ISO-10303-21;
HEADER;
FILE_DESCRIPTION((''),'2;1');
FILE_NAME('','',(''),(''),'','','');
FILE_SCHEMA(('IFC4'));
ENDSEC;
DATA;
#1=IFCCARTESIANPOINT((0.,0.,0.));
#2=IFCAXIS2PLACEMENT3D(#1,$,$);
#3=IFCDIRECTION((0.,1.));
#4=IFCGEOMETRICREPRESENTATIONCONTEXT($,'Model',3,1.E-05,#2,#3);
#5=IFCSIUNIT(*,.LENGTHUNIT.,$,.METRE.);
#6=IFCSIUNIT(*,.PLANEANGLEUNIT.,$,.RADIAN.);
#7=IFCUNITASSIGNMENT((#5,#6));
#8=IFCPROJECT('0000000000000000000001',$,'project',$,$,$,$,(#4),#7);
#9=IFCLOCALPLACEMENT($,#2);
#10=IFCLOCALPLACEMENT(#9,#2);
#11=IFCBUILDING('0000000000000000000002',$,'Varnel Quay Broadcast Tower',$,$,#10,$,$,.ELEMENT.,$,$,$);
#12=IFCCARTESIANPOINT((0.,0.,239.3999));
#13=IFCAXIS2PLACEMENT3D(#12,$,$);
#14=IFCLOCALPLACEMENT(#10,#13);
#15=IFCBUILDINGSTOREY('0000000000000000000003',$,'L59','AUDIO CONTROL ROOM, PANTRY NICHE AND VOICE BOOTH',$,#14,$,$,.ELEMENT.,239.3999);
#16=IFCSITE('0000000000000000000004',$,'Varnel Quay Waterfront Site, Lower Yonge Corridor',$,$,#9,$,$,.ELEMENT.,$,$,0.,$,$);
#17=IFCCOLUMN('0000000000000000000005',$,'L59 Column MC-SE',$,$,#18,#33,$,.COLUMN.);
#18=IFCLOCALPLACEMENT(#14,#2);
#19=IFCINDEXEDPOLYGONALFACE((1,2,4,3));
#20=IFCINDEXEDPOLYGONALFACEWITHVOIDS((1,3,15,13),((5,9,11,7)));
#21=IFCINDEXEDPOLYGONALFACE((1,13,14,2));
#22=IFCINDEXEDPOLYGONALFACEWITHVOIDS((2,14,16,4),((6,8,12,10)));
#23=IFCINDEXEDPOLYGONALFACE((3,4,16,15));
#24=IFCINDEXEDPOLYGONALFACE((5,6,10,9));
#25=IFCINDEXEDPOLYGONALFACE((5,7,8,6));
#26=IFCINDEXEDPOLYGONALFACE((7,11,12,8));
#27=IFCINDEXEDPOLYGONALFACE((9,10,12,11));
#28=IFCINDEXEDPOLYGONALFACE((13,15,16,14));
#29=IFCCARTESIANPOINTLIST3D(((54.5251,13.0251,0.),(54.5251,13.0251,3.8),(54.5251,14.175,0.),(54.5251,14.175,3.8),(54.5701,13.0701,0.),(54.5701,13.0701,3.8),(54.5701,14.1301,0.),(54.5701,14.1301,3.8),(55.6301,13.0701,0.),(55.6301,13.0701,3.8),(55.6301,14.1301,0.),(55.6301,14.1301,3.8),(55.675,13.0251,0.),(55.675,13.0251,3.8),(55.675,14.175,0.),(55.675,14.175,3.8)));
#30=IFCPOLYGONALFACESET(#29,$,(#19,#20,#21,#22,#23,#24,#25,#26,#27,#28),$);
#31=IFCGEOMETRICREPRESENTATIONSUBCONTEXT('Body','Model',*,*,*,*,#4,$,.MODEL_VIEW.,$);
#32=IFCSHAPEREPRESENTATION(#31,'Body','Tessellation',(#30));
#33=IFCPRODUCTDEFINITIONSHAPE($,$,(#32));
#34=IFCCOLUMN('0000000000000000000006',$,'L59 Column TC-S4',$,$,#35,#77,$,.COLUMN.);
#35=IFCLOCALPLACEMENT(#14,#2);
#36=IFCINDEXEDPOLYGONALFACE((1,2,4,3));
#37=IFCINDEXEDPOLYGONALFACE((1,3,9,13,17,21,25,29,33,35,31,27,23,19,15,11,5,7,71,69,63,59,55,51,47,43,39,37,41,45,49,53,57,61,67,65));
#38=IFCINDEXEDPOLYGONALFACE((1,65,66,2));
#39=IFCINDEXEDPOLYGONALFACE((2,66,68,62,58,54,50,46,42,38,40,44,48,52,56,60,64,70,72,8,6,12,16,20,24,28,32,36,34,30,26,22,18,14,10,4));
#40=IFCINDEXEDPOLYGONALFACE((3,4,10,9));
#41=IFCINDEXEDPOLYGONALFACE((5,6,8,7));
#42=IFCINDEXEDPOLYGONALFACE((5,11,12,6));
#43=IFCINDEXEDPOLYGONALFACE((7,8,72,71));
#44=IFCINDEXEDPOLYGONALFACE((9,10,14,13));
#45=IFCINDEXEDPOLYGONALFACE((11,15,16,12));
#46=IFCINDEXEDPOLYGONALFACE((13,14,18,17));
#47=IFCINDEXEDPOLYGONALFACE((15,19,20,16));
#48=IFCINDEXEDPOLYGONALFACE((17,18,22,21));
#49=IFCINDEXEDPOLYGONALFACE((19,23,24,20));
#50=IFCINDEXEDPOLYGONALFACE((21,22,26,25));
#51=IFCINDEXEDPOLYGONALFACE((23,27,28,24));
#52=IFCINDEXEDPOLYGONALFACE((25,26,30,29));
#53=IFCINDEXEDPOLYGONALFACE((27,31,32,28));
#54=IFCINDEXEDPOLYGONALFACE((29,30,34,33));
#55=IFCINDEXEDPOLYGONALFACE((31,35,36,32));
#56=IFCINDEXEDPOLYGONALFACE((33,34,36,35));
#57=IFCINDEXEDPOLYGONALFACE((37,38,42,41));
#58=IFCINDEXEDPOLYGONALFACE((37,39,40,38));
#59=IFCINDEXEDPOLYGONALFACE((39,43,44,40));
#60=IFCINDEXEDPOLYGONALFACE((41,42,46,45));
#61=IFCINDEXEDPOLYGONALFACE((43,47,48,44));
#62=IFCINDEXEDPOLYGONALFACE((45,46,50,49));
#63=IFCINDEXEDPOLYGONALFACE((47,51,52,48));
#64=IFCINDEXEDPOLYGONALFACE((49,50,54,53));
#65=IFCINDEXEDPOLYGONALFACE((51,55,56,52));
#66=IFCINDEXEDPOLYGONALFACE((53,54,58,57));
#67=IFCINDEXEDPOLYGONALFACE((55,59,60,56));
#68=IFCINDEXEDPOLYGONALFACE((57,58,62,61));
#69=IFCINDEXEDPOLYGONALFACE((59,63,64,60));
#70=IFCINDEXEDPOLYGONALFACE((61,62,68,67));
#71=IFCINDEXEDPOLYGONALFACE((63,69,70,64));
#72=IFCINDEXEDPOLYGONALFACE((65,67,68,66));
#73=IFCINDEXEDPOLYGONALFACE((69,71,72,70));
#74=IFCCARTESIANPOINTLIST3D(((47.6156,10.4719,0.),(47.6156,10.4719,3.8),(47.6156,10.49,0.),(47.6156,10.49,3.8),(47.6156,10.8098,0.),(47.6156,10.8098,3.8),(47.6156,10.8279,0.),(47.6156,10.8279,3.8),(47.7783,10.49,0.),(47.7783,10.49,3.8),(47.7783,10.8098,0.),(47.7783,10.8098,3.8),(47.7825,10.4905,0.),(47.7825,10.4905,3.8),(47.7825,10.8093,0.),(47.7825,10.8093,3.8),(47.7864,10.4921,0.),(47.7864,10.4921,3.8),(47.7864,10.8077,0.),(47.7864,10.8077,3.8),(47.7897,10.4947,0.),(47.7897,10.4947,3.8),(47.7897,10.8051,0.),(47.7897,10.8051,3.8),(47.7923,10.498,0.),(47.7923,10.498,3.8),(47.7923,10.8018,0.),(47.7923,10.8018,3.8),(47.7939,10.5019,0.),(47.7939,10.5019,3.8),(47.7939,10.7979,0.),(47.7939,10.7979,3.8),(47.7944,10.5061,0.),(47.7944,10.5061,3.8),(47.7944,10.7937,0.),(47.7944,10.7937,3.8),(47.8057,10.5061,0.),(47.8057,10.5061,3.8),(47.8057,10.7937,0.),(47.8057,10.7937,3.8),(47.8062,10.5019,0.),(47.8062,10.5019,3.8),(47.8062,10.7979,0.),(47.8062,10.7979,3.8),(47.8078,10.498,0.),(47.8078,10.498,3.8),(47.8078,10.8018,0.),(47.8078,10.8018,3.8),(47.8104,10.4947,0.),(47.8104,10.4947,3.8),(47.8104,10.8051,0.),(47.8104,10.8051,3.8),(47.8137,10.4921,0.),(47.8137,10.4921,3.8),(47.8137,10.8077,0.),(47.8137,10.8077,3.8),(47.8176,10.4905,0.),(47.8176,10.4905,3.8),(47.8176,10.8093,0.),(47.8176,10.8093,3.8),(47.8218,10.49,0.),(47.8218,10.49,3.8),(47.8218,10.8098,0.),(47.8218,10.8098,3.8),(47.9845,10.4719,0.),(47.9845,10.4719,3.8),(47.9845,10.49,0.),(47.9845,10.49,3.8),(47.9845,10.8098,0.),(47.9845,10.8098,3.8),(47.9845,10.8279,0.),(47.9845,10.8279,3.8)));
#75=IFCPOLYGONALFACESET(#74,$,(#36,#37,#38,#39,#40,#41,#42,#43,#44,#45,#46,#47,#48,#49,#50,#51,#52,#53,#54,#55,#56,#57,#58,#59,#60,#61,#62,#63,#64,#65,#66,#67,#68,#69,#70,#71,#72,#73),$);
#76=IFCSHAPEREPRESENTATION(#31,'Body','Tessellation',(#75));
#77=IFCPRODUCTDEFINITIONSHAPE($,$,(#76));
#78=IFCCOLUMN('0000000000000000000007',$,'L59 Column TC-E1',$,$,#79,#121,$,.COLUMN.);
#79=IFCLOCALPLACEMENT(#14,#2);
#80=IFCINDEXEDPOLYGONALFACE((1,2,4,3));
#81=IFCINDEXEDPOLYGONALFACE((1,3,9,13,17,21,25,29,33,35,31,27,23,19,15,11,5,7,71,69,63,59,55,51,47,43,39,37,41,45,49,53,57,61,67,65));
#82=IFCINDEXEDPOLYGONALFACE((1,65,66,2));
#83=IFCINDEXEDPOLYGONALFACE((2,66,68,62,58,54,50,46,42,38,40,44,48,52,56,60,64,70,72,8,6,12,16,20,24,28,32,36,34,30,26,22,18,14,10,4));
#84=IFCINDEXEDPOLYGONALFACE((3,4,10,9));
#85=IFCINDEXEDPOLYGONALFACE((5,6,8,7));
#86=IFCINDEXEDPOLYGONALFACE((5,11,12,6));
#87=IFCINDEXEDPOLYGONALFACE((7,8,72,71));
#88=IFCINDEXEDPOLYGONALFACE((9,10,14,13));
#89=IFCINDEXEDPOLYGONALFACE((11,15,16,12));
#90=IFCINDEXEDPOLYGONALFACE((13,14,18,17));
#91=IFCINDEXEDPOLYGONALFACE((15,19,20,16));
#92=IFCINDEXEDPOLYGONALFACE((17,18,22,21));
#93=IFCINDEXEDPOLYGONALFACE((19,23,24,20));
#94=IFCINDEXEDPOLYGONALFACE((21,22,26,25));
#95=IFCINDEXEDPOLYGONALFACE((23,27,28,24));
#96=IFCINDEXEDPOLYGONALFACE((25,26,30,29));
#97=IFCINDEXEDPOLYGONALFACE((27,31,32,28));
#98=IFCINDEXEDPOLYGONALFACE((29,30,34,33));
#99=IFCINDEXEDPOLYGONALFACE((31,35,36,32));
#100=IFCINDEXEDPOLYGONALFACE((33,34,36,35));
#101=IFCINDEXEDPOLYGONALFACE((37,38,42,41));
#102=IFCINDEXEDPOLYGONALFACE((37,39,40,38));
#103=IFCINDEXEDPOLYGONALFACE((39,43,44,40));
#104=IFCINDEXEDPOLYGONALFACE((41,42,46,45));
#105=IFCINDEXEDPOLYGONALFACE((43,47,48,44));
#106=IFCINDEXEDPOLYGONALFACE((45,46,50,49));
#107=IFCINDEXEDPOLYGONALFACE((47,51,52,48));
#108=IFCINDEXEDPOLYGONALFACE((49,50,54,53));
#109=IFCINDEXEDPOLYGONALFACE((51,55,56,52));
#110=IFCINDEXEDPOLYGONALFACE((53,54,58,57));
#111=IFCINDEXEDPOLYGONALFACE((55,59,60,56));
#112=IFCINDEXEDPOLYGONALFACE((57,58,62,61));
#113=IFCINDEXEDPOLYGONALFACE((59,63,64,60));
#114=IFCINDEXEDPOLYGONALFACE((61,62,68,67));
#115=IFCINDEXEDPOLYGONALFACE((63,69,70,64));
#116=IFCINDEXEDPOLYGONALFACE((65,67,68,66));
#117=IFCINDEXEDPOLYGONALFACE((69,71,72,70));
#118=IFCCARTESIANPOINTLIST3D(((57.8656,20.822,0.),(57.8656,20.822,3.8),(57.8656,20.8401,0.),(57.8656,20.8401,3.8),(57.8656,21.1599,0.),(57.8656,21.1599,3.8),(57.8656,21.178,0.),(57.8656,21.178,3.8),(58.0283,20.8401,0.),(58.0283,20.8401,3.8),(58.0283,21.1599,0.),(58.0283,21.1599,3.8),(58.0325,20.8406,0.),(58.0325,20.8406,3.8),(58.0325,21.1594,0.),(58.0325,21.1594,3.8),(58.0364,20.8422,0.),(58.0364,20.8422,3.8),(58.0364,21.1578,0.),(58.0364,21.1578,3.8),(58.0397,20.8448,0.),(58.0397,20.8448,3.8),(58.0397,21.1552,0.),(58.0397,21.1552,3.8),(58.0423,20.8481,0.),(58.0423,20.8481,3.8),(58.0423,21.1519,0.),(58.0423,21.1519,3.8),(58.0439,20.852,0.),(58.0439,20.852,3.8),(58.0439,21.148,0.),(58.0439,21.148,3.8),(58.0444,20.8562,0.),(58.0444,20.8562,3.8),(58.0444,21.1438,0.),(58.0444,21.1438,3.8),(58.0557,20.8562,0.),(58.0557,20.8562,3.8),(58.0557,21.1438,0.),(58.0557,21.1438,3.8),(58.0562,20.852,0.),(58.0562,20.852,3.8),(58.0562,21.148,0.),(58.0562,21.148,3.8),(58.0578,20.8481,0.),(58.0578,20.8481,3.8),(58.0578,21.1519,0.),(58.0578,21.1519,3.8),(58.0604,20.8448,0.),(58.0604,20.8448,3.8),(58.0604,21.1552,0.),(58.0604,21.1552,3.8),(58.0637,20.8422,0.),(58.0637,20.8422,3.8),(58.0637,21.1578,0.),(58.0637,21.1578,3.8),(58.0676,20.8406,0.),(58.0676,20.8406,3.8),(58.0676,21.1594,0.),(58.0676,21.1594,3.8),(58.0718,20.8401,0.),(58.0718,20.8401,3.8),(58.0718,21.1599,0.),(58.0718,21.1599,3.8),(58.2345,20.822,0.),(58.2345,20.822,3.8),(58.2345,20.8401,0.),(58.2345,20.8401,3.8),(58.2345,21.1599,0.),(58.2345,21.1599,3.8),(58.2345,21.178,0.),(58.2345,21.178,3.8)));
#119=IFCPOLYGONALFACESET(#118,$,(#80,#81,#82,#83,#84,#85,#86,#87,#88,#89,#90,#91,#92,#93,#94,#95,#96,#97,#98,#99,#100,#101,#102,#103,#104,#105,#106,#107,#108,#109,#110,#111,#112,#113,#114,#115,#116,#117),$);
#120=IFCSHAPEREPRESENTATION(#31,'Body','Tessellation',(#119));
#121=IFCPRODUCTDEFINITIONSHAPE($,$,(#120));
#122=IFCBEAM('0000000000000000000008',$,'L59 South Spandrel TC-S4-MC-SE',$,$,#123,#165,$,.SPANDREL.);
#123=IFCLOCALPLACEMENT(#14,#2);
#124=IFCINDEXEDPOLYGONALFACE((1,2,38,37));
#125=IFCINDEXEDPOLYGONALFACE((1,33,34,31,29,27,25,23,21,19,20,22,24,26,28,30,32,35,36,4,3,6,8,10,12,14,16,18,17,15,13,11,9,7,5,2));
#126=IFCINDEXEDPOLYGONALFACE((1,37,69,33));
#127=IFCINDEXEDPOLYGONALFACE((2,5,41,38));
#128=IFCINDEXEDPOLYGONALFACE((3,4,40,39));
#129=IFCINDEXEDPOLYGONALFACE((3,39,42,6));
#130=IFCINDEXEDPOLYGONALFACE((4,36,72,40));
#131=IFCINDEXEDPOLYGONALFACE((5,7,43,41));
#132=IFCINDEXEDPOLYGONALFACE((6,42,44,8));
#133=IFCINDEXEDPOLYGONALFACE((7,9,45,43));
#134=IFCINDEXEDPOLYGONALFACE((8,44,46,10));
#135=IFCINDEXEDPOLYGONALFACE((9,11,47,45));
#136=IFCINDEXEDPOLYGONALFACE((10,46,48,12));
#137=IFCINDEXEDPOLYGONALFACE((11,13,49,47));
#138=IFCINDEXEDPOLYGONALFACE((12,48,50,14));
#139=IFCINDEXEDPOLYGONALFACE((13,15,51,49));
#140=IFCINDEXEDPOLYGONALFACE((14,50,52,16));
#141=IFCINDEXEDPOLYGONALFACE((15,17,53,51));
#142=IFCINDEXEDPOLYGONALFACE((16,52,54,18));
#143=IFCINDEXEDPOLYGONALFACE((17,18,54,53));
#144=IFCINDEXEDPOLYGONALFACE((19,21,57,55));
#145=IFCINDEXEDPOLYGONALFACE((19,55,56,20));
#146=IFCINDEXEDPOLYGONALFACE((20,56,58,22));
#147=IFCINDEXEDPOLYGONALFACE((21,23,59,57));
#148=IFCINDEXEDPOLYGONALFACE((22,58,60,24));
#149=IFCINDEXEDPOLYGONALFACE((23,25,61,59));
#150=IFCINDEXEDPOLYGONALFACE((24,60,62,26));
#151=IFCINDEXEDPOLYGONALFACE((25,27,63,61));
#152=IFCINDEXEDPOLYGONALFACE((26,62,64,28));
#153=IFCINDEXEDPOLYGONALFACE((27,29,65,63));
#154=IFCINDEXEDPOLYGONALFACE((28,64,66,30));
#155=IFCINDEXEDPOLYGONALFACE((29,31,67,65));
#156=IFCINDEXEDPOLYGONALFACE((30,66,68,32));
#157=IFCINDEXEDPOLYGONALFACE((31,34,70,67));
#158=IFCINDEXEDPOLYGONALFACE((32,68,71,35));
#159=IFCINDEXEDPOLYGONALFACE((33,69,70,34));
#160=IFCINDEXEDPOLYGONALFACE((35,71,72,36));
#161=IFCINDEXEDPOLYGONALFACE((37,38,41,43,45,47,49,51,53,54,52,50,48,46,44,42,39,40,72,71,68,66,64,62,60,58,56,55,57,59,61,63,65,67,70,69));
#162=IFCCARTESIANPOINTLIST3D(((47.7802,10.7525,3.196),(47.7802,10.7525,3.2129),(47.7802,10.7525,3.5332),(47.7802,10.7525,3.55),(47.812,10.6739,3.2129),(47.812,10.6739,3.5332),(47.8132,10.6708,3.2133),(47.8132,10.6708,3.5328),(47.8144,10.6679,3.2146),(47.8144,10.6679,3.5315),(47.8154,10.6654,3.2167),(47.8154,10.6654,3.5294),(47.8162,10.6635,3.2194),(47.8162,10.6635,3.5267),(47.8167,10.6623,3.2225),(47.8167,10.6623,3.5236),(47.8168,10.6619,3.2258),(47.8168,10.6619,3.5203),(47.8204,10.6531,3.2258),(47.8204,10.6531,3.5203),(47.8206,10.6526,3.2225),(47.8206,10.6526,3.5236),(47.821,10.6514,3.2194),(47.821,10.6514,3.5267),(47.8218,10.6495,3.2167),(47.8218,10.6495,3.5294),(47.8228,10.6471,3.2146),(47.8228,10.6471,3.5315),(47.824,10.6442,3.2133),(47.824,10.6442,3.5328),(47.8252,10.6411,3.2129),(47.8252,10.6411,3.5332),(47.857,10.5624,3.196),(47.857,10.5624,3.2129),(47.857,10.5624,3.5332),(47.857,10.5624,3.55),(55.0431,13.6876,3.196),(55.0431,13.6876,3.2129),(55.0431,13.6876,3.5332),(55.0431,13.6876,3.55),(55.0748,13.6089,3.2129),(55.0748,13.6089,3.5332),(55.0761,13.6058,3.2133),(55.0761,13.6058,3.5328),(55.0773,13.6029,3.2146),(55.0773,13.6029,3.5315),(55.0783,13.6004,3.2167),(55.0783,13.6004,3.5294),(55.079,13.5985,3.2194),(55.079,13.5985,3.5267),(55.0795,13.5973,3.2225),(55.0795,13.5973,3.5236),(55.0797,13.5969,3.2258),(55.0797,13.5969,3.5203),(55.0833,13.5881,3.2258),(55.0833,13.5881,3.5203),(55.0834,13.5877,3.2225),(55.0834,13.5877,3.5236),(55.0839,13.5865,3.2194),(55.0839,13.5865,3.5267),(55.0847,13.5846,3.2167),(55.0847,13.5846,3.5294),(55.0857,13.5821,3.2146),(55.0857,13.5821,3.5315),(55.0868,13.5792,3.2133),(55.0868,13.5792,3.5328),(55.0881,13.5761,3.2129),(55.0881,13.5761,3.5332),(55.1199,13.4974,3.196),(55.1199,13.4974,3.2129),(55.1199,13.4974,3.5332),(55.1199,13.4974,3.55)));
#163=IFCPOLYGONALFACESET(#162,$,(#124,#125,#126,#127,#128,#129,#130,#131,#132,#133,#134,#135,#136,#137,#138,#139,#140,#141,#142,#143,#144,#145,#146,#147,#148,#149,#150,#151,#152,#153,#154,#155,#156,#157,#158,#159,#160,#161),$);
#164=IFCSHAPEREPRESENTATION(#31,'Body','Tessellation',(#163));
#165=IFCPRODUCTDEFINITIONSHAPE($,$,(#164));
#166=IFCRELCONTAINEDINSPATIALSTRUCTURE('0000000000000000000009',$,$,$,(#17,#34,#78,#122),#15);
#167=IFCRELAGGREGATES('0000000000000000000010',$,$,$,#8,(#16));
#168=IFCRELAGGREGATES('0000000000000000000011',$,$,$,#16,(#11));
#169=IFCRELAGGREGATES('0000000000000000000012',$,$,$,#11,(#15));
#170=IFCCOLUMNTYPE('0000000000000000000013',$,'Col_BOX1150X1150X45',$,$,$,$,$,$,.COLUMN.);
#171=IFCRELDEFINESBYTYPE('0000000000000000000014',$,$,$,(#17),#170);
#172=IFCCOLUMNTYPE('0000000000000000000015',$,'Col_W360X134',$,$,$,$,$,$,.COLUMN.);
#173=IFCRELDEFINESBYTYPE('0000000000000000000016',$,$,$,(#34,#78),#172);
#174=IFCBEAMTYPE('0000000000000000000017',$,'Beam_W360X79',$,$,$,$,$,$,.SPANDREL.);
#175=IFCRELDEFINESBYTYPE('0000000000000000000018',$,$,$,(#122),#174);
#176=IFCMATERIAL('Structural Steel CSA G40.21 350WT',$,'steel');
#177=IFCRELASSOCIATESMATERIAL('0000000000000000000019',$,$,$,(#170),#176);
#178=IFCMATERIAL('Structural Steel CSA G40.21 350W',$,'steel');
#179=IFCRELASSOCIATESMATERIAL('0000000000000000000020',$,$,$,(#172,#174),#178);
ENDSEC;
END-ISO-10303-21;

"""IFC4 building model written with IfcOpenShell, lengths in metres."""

from ifc_helpers import new_model, si_unit, direction, frame, origin, origin_2d, place, context, subcontext, project, spatial, hollow_rectangle, i_section, extrude, source, transform, mapped, material, material_profile, profile_set, type_object, type_shapes, element, save


model = new_model("IFC4")

# Units and contexts
model_context = context("Model", 3, precision=1e-05, world=origin(), true_north=direction((0.0, 1.0)))
body_context = subcontext(model_context, "Body", "Model", "MODEL_VIEW")
ifc_project = project(units=[si_unit("LENGTHUNIT", "METRE"), si_unit("PLANEANGLEUNIT", "RADIAN")], contexts=[model_context])

# Site, building, storey
site_placement = place(None, origin())
site = spatial("IfcSite", under=ifc_project, at=site_placement, Name="Varnel Quay Waterfront Site, Lower Yonge Corridor", CompositionType="ELEMENT", RefElevation=0.0)
building_placement = place(site_placement, origin())
building = spatial("IfcBuilding", under=site, at=building_placement, Name="Varnel Quay Broadcast Tower", CompositionType="ELEMENT")
storey_placement = place(building_placement, frame((0.0, 0.0, 239.3999)))
storey = spatial("IfcBuildingStorey", under=building, at=storey_placement, Name="L59", Description="AUDIO CONTROL ROOM, PANTRY NICHE AND VOICE BOOTH", CompositionType="ELEMENT", Elevation=239.3999)

# Columns
ifc_material_1 = material(Name="Structural Steel CSA G40.21 350WT", Category="steel")
ifc_material_profile_1 = material_profile(ifc_material_1, hollow_rectangle(XDim=1.1499, YDim=1.1499, WallThickness=0.0449, at=origin_2d()), Name="BOX1150X1150X45")
ifc_profile_set_1 = profile_set([ifc_material_profile_1], Name="Structural Steel CSA G40.21 350WT")
column_type_1 = type_object("IfcColumnType", Name="Col_BOX1150X1150X45", PredefinedType="COLUMN", material=ifc_profile_set_1)
shared_shape_1 = source(origin(), body_context, "Body", "SweptSolid", [
    extrude(hollow_rectangle(XDim=1.1499, YDim=1.1499, WallThickness=0.0449, at=origin_2d()), origin(), (0.0, 0.0, 1.0), 3.8),
])
type_shapes(column_type_1, [shared_shape_1])
column_placement = place(storey_placement, frame((55.1001, 13.6001, 0.0), z_axis=(0.0, 0.0, 1.0), x_axis=(1.0, 0.0, 0.0)))
element("IfcColumn", 1, at=column_placement, inside=storey, type_object=column_type_1, Name="L59 Column MC-SE", PredefinedType="COLUMN", context=body_context, shape_type="MappedRepresentation", body=[
    mapped(shared_shape_1, transform((0.0, 0.0, 0.0), x_axis=(1.0, 0.0, 0.0), y_axis=(0.0, 1.0, 0.0), z_axis=(0.0, 0.0, 1.0), scale=1.0)),
])
ifc_material_2 = material(Name="Structural Steel CSA G40.21 350W", Category="steel")
ifc_material_profile_2 = material_profile(ifc_material_2, i_section(OverallWidth=0.3689, OverallDepth=0.356, WebThickness=0.0112, FlangeThickness=0.0181, FilletRadius=0.0161, at=origin_2d()), Name="W360X134")
ifc_profile_set_2 = profile_set([ifc_material_profile_2], Name="Structural Steel CSA G40.21 350W")
column_type_2 = type_object("IfcColumnType", Name="Col_W360X134", PredefinedType="COLUMN", material=ifc_profile_set_2)
shared_shape_2 = source(origin(), body_context, "Body", "SweptSolid", [
    extrude(i_section(OverallWidth=0.3689, OverallDepth=0.356, WebThickness=0.0112, FlangeThickness=0.0181, FilletRadius=0.0161, at=origin_2d()), origin(), (0.0, 0.0, 1.0), 3.8),
])
type_shapes(column_type_2, [shared_shape_2])
for number, where, z_axis, x_axis, name in (
    (2, (47.8, 10.6499, 0.0), (0.0, 0.0, 1.0), (1.0, 0.0, 0.0), "L59 Column TC-S4"),
    (3, (58.05, 21.0, 0.0), (0.0, 0.0, 1.0), (1.0, 0.0, 0.0), "L59 Column TC-E1"),
):
    element("IfcColumn", number, at=place(storey_placement, frame(where, z_axis=z_axis, x_axis=x_axis)), inside=storey, type_object=column_type_2, Name=name, PredefinedType="COLUMN", context=body_context, shape_type="MappedRepresentation", body=[
        mapped(shared_shape_2, transform((0.0, 0.0, 0.0), x_axis=(1.0, 0.0, 0.0), y_axis=(0.0, 1.0, 0.0), z_axis=(0.0, 0.0, 1.0), scale=1.0)),
    ])

# Beam
ifc_material_profile_3 = material_profile(ifc_material_2, i_section(OverallWidth=0.2051, OverallDepth=0.354, WebThickness=0.0095, FlangeThickness=0.0168, FilletRadius=0.0129, at=origin_2d()), Name="W360X79")
ifc_profile_set_3 = profile_set([ifc_material_profile_3], Name="Structural Steel CSA G40.21 350W")
beam_type_1 = type_object("IfcBeamType", Name="Beam_W360X79", PredefinedType="SPANDREL", material=ifc_profile_set_3)
shared_shape_3 = source(origin(), body_context, "Body", "SweptSolid", [
    extrude(i_section(OverallWidth=0.2051, OverallDepth=0.354, WebThickness=0.0095, FlangeThickness=0.0168, FilletRadius=0.0129, at=origin_2d()), origin(), (0.0, 0.0, 1.0), 7.8335),
])
beam_1_placement = place(storey_placement, frame((47.8186, 10.6575, 3.373), z_axis=(0.927155, 0.374677, 0.0), x_axis=(-0.374677, 0.927155, 0.0)))
element("IfcBeam", 4, at=beam_1_placement, inside=storey, type_object=beam_type_1, Name="L59 South Spandrel TC-S4-MC-SE", PredefinedType="SPANDREL", context=body_context, shape_type="MappedRepresentation", body=[
    mapped(shared_shape_3, transform((0.0, 0.0, 0.0), x_axis=(1.0, 0.0, 0.0), y_axis=(0.0, 1.0, 0.0), z_axis=(0.0, 0.0, 1.0), scale=1.0)),
])

save(model, "model.ifc")
